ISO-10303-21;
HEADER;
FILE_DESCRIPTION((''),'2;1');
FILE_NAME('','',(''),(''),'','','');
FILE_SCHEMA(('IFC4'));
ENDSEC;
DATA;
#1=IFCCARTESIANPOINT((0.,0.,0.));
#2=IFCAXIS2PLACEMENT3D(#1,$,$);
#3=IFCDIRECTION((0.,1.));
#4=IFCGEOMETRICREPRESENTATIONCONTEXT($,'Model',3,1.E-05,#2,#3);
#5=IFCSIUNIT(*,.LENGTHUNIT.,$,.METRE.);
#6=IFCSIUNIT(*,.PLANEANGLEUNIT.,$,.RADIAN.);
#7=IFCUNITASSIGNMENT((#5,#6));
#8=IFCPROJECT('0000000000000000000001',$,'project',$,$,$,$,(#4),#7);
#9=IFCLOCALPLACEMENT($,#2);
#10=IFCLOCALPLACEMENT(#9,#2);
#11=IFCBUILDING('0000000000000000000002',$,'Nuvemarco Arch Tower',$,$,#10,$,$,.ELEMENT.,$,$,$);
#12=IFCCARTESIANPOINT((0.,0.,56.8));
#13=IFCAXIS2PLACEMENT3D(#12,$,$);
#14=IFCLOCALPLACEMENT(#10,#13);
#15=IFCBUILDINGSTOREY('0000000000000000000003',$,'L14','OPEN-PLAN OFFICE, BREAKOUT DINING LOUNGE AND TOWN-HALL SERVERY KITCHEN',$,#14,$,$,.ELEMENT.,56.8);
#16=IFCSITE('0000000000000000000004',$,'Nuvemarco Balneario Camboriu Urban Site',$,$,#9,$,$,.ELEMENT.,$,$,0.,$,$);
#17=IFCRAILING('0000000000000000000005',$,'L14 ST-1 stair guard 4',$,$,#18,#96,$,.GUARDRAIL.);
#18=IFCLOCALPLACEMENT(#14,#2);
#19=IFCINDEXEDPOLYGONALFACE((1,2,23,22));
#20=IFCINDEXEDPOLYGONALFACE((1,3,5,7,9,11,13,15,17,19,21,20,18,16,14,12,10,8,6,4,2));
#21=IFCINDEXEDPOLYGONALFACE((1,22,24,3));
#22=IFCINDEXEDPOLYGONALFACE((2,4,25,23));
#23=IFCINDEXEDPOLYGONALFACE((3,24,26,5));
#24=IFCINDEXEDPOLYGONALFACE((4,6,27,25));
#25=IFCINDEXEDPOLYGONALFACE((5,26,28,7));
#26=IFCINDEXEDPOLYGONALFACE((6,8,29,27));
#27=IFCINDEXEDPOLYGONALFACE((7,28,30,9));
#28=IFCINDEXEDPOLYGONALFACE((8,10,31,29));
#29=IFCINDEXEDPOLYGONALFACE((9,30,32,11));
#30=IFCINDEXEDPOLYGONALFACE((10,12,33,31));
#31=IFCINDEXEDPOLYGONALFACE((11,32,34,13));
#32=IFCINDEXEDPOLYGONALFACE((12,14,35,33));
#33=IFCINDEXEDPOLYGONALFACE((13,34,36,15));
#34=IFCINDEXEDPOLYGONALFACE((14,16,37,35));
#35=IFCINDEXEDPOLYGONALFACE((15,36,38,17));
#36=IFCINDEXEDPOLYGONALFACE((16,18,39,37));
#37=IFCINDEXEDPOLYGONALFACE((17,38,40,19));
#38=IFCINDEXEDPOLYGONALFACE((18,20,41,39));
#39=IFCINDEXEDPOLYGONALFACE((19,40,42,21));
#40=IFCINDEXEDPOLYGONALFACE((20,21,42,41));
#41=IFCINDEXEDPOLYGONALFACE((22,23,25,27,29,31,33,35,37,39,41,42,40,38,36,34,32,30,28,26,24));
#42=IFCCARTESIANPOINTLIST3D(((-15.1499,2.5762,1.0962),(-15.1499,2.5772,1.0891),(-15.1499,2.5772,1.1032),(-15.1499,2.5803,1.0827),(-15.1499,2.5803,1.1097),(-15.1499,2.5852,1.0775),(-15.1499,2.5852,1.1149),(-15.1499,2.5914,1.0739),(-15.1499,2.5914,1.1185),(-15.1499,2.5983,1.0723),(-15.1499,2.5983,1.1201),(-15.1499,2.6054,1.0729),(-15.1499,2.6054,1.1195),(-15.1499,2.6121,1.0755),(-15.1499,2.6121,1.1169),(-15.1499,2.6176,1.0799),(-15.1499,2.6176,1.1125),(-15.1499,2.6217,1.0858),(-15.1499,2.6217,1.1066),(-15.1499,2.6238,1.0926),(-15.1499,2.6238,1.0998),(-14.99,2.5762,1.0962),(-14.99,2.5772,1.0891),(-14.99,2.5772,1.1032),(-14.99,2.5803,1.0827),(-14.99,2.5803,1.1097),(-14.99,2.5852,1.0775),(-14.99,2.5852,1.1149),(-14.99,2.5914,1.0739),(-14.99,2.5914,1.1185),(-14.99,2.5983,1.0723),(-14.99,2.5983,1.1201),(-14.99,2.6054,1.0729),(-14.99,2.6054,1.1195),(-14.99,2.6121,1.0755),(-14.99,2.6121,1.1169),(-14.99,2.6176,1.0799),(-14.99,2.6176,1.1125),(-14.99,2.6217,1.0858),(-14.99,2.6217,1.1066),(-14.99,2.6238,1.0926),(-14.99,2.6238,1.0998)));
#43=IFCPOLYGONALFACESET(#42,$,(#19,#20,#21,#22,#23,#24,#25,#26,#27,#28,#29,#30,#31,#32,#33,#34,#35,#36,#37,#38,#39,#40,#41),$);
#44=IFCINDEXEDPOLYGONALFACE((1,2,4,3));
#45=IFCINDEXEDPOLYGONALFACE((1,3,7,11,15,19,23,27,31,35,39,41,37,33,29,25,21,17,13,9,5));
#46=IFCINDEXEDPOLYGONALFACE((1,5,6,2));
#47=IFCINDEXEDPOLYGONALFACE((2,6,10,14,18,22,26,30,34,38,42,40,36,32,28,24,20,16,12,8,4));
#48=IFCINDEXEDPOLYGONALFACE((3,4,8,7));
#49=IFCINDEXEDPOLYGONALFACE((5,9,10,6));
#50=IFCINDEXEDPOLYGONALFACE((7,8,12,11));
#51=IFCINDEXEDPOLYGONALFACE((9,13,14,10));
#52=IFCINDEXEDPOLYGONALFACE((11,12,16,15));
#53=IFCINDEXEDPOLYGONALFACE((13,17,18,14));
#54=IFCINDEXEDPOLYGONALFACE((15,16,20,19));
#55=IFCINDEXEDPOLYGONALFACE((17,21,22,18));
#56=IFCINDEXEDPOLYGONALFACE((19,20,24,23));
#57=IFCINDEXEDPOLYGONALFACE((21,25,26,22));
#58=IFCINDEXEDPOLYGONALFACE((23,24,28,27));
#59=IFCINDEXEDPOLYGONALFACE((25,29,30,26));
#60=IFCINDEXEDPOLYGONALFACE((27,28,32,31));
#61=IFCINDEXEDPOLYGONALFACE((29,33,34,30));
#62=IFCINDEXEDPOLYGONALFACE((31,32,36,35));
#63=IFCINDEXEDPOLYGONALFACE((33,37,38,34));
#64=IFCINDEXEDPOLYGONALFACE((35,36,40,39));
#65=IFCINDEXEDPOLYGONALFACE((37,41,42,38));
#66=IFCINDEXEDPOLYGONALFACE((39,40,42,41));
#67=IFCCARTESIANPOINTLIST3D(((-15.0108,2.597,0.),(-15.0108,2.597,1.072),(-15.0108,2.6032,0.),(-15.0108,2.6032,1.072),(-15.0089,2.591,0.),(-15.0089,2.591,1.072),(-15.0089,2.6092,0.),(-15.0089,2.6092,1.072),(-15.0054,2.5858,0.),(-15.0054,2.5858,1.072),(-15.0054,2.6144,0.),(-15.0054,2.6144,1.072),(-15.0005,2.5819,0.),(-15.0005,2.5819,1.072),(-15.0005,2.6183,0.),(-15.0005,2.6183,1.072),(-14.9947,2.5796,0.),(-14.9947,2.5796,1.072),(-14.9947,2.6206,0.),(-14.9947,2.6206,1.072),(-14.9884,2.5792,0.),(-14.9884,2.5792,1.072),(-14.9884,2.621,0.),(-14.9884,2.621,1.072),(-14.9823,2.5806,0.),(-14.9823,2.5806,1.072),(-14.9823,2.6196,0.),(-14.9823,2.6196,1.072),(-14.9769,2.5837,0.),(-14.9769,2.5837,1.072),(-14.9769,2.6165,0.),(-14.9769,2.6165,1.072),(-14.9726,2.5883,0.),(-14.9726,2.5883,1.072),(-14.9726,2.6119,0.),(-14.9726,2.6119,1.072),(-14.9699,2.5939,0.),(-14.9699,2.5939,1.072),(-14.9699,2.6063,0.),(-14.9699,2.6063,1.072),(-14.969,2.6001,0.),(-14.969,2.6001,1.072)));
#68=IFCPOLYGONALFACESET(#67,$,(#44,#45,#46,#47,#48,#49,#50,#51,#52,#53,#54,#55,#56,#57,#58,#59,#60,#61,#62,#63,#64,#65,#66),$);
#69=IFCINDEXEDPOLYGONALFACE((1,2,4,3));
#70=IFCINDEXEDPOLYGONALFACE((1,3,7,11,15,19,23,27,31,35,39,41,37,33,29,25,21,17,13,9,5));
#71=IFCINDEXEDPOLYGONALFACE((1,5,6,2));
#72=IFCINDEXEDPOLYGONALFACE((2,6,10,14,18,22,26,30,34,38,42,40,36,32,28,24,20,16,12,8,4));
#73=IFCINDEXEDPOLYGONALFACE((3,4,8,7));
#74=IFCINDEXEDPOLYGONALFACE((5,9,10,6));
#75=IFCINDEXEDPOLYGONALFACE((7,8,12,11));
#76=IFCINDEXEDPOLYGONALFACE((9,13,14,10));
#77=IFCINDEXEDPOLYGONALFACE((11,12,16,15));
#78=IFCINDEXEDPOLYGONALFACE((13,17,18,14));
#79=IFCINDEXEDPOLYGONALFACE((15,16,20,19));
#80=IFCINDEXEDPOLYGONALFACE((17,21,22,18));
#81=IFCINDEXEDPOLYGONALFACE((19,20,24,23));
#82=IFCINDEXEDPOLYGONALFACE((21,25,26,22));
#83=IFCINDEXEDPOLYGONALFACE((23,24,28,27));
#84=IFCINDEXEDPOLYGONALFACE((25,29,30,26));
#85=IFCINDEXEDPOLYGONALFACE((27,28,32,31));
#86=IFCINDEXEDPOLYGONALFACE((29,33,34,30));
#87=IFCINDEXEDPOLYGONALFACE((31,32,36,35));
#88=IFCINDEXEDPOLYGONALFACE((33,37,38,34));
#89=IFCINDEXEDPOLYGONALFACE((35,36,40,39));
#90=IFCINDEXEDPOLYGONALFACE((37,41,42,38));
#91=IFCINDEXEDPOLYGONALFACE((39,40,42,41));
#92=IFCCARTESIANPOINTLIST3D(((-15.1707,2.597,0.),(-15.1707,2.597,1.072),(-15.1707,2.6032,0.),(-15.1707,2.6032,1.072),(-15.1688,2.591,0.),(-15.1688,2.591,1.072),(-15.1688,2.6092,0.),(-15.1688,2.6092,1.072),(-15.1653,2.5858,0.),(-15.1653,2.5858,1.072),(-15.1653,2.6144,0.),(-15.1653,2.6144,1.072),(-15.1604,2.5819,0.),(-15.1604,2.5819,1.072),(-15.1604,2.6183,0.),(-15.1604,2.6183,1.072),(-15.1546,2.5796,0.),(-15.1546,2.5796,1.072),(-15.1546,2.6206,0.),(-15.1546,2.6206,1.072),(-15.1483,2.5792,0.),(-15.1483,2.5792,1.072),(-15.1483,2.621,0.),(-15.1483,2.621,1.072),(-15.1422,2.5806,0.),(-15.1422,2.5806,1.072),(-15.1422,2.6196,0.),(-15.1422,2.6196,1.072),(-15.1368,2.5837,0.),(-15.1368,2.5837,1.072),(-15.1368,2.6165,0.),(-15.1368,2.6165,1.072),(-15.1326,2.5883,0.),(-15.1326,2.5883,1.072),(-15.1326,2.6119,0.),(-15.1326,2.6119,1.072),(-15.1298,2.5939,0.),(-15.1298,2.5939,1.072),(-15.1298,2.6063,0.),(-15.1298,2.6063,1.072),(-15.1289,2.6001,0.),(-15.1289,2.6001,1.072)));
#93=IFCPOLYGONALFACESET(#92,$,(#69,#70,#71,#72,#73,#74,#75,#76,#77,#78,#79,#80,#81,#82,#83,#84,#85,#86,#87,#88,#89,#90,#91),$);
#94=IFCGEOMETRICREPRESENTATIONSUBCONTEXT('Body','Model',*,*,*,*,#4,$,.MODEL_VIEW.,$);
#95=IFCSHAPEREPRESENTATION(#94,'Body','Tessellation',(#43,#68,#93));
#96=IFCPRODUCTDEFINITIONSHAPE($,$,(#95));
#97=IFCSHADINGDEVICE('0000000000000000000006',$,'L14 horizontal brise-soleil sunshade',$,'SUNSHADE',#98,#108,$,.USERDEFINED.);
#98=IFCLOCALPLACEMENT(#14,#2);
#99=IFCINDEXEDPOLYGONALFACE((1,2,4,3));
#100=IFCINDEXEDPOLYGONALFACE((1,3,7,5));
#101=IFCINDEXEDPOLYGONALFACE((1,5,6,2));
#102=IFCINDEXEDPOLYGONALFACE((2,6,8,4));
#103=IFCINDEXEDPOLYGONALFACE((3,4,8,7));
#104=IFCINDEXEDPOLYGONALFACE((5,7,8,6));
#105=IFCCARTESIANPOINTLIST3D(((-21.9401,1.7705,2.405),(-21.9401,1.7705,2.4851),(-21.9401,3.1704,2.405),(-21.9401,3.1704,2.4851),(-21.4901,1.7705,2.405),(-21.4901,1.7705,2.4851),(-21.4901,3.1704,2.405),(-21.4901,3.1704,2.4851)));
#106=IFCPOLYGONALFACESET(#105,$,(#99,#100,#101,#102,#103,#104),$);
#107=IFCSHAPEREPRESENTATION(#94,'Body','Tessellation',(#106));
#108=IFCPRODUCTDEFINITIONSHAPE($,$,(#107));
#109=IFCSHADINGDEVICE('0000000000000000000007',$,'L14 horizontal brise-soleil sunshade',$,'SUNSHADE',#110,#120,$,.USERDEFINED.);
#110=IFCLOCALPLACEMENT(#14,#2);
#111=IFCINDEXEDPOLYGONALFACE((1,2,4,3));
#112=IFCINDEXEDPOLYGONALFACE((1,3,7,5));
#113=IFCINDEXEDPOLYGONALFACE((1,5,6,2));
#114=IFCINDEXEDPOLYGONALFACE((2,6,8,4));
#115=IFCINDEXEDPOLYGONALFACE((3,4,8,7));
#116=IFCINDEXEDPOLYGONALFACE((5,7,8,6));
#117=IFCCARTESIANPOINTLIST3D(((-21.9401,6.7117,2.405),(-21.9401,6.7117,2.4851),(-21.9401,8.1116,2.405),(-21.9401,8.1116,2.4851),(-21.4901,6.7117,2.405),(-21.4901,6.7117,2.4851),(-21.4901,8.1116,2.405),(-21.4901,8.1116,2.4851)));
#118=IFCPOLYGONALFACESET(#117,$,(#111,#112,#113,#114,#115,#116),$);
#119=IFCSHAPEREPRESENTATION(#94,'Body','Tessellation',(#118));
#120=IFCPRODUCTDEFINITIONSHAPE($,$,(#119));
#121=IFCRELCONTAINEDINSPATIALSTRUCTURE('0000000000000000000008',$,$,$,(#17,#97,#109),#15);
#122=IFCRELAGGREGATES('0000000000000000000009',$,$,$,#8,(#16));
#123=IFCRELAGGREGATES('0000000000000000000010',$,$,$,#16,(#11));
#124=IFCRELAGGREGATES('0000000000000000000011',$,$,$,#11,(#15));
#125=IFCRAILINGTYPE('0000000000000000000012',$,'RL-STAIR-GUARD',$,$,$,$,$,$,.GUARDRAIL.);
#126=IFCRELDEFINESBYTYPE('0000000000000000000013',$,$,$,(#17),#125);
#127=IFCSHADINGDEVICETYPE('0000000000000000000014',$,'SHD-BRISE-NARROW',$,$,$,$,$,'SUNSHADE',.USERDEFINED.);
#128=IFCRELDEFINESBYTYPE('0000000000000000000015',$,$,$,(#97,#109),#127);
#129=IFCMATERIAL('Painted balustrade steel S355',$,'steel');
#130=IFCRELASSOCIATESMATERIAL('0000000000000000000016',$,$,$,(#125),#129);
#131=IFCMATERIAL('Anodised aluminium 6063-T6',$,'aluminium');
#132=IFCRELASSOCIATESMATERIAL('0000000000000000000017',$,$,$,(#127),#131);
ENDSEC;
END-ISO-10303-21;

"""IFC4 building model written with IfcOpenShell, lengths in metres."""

from ifc_helpers import new_model, si_unit, direction, frame, origin, origin_2d, place, context, subcontext, project, spatial, rectangle, circle, extrude, source, transform, mapped, material, type_object, type_shapes, element, save


model = new_model("IFC4")

# Units and contexts
model_context = context("Model", 3, precision=1e-05, world=origin(), true_north=direction((0.0, 1.0)))
body_context = subcontext(model_context, "Body", "Model", "MODEL_VIEW")
ifc_project = project(units=[si_unit("LENGTHUNIT", "METRE"), si_unit("PLANEANGLEUNIT", "RADIAN")], contexts=[model_context])

# Site, building, storey
site_placement = place(None, origin())
site = spatial("IfcSite", under=ifc_project, at=site_placement, Name="Nuvemarco Balneario Camboriu Urban Site", CompositionType="ELEMENT", RefElevation=0.0)
building_placement = place(site_placement, origin())
building = spatial("IfcBuilding", under=site, at=building_placement, Name="Nuvemarco Arch Tower", CompositionType="ELEMENT")
storey_placement = place(building_placement, frame((0.0, 0.0, 56.8)))
storey = spatial("IfcBuildingStorey", under=building, at=storey_placement, Name="L14", Description="OPEN-PLAN OFFICE, BREAKOUT DINING LOUNGE AND TOWN-HALL SERVERY KITCHEN", CompositionType="ELEMENT", Elevation=56.8)

# Railing
ifc_material_1 = material(Name="Painted balustrade steel S355", Category="steel")
railing_type_1 = type_object("IfcRailingType", Name="RL-STAIR-GUARD", PredefinedType="GUARDRAIL", material=ifc_material_1)
railing_1_placement = place(storey_placement, frame((-14.99, 2.6001, 0.0)))
element("IfcRailing", 1, at=railing_1_placement, inside=storey, type_object=railing_type_1, Name="L14 ST-1 stair guard 4", PredefinedType="GUARDRAIL", context=body_context, shape_type="SweptSolid", body=[
    extrude(circle(Radius=0.0239, at=origin_2d()), frame((0.0, 0.0, 1.0962), z_axis=(-1.0, 0.0, 0.0), x_axis=(0.0, -1.0, 0.0)), (0.0, 0.0, 1.0), 0.1599),
    extrude(circle(Radius=0.021, at=origin_2d()), origin(), (0.0, 0.0, 1.0), 1.072),
    extrude(circle(Radius=0.021, at=origin_2d()), frame((-0.1599, 0.0, 0.0)), (0.0, 0.0, 1.0), 1.072),
])

# Shading devices
ifc_material_2 = material(Name="Anodised aluminium 6063-T6", Category="aluminium")
shading_device_type = type_object("IfcShadingDeviceType", Name="SHD-BRISE-NARROW", ElementType="SUNSHADE", PredefinedType="USERDEFINED", material=ifc_material_2)
shared_shape = source(origin(), body_context, "Body", "SweptSolid", [
    extrude(rectangle(XDim=1.3999, YDim=0.45, at=origin_2d()), origin(), (0.0, 0.0, 1.0), 0.0801),
])
type_shapes(shading_device_type, [shared_shape])
for number, where, z_axis, x_axis, name in (
    (2, (-21.7151, 2.4705, 2.405), (0.0, 0.0, 1.0), (0.0, 1.0, 0.0), "L14 horizontal brise-soleil sunshade"),
    (3, (-21.7151, 7.4116, 2.405), (0.0, 0.0, 1.0), (0.0, 1.0, 0.0), "L14 horizontal brise-soleil sunshade"),
):
    element("IfcShadingDevice", number, at=place(storey_placement, frame(where, z_axis=z_axis, x_axis=x_axis)), inside=storey, type_object=shading_device_type, Name=name, ObjectType="SUNSHADE", PredefinedType="USERDEFINED", context=body_context, shape_type="MappedRepresentation", body=[
        mapped(shared_shape, transform((0.0, 0.0, 0.0), scale=1.0)),
    ])

save(model, "model.ifc")
